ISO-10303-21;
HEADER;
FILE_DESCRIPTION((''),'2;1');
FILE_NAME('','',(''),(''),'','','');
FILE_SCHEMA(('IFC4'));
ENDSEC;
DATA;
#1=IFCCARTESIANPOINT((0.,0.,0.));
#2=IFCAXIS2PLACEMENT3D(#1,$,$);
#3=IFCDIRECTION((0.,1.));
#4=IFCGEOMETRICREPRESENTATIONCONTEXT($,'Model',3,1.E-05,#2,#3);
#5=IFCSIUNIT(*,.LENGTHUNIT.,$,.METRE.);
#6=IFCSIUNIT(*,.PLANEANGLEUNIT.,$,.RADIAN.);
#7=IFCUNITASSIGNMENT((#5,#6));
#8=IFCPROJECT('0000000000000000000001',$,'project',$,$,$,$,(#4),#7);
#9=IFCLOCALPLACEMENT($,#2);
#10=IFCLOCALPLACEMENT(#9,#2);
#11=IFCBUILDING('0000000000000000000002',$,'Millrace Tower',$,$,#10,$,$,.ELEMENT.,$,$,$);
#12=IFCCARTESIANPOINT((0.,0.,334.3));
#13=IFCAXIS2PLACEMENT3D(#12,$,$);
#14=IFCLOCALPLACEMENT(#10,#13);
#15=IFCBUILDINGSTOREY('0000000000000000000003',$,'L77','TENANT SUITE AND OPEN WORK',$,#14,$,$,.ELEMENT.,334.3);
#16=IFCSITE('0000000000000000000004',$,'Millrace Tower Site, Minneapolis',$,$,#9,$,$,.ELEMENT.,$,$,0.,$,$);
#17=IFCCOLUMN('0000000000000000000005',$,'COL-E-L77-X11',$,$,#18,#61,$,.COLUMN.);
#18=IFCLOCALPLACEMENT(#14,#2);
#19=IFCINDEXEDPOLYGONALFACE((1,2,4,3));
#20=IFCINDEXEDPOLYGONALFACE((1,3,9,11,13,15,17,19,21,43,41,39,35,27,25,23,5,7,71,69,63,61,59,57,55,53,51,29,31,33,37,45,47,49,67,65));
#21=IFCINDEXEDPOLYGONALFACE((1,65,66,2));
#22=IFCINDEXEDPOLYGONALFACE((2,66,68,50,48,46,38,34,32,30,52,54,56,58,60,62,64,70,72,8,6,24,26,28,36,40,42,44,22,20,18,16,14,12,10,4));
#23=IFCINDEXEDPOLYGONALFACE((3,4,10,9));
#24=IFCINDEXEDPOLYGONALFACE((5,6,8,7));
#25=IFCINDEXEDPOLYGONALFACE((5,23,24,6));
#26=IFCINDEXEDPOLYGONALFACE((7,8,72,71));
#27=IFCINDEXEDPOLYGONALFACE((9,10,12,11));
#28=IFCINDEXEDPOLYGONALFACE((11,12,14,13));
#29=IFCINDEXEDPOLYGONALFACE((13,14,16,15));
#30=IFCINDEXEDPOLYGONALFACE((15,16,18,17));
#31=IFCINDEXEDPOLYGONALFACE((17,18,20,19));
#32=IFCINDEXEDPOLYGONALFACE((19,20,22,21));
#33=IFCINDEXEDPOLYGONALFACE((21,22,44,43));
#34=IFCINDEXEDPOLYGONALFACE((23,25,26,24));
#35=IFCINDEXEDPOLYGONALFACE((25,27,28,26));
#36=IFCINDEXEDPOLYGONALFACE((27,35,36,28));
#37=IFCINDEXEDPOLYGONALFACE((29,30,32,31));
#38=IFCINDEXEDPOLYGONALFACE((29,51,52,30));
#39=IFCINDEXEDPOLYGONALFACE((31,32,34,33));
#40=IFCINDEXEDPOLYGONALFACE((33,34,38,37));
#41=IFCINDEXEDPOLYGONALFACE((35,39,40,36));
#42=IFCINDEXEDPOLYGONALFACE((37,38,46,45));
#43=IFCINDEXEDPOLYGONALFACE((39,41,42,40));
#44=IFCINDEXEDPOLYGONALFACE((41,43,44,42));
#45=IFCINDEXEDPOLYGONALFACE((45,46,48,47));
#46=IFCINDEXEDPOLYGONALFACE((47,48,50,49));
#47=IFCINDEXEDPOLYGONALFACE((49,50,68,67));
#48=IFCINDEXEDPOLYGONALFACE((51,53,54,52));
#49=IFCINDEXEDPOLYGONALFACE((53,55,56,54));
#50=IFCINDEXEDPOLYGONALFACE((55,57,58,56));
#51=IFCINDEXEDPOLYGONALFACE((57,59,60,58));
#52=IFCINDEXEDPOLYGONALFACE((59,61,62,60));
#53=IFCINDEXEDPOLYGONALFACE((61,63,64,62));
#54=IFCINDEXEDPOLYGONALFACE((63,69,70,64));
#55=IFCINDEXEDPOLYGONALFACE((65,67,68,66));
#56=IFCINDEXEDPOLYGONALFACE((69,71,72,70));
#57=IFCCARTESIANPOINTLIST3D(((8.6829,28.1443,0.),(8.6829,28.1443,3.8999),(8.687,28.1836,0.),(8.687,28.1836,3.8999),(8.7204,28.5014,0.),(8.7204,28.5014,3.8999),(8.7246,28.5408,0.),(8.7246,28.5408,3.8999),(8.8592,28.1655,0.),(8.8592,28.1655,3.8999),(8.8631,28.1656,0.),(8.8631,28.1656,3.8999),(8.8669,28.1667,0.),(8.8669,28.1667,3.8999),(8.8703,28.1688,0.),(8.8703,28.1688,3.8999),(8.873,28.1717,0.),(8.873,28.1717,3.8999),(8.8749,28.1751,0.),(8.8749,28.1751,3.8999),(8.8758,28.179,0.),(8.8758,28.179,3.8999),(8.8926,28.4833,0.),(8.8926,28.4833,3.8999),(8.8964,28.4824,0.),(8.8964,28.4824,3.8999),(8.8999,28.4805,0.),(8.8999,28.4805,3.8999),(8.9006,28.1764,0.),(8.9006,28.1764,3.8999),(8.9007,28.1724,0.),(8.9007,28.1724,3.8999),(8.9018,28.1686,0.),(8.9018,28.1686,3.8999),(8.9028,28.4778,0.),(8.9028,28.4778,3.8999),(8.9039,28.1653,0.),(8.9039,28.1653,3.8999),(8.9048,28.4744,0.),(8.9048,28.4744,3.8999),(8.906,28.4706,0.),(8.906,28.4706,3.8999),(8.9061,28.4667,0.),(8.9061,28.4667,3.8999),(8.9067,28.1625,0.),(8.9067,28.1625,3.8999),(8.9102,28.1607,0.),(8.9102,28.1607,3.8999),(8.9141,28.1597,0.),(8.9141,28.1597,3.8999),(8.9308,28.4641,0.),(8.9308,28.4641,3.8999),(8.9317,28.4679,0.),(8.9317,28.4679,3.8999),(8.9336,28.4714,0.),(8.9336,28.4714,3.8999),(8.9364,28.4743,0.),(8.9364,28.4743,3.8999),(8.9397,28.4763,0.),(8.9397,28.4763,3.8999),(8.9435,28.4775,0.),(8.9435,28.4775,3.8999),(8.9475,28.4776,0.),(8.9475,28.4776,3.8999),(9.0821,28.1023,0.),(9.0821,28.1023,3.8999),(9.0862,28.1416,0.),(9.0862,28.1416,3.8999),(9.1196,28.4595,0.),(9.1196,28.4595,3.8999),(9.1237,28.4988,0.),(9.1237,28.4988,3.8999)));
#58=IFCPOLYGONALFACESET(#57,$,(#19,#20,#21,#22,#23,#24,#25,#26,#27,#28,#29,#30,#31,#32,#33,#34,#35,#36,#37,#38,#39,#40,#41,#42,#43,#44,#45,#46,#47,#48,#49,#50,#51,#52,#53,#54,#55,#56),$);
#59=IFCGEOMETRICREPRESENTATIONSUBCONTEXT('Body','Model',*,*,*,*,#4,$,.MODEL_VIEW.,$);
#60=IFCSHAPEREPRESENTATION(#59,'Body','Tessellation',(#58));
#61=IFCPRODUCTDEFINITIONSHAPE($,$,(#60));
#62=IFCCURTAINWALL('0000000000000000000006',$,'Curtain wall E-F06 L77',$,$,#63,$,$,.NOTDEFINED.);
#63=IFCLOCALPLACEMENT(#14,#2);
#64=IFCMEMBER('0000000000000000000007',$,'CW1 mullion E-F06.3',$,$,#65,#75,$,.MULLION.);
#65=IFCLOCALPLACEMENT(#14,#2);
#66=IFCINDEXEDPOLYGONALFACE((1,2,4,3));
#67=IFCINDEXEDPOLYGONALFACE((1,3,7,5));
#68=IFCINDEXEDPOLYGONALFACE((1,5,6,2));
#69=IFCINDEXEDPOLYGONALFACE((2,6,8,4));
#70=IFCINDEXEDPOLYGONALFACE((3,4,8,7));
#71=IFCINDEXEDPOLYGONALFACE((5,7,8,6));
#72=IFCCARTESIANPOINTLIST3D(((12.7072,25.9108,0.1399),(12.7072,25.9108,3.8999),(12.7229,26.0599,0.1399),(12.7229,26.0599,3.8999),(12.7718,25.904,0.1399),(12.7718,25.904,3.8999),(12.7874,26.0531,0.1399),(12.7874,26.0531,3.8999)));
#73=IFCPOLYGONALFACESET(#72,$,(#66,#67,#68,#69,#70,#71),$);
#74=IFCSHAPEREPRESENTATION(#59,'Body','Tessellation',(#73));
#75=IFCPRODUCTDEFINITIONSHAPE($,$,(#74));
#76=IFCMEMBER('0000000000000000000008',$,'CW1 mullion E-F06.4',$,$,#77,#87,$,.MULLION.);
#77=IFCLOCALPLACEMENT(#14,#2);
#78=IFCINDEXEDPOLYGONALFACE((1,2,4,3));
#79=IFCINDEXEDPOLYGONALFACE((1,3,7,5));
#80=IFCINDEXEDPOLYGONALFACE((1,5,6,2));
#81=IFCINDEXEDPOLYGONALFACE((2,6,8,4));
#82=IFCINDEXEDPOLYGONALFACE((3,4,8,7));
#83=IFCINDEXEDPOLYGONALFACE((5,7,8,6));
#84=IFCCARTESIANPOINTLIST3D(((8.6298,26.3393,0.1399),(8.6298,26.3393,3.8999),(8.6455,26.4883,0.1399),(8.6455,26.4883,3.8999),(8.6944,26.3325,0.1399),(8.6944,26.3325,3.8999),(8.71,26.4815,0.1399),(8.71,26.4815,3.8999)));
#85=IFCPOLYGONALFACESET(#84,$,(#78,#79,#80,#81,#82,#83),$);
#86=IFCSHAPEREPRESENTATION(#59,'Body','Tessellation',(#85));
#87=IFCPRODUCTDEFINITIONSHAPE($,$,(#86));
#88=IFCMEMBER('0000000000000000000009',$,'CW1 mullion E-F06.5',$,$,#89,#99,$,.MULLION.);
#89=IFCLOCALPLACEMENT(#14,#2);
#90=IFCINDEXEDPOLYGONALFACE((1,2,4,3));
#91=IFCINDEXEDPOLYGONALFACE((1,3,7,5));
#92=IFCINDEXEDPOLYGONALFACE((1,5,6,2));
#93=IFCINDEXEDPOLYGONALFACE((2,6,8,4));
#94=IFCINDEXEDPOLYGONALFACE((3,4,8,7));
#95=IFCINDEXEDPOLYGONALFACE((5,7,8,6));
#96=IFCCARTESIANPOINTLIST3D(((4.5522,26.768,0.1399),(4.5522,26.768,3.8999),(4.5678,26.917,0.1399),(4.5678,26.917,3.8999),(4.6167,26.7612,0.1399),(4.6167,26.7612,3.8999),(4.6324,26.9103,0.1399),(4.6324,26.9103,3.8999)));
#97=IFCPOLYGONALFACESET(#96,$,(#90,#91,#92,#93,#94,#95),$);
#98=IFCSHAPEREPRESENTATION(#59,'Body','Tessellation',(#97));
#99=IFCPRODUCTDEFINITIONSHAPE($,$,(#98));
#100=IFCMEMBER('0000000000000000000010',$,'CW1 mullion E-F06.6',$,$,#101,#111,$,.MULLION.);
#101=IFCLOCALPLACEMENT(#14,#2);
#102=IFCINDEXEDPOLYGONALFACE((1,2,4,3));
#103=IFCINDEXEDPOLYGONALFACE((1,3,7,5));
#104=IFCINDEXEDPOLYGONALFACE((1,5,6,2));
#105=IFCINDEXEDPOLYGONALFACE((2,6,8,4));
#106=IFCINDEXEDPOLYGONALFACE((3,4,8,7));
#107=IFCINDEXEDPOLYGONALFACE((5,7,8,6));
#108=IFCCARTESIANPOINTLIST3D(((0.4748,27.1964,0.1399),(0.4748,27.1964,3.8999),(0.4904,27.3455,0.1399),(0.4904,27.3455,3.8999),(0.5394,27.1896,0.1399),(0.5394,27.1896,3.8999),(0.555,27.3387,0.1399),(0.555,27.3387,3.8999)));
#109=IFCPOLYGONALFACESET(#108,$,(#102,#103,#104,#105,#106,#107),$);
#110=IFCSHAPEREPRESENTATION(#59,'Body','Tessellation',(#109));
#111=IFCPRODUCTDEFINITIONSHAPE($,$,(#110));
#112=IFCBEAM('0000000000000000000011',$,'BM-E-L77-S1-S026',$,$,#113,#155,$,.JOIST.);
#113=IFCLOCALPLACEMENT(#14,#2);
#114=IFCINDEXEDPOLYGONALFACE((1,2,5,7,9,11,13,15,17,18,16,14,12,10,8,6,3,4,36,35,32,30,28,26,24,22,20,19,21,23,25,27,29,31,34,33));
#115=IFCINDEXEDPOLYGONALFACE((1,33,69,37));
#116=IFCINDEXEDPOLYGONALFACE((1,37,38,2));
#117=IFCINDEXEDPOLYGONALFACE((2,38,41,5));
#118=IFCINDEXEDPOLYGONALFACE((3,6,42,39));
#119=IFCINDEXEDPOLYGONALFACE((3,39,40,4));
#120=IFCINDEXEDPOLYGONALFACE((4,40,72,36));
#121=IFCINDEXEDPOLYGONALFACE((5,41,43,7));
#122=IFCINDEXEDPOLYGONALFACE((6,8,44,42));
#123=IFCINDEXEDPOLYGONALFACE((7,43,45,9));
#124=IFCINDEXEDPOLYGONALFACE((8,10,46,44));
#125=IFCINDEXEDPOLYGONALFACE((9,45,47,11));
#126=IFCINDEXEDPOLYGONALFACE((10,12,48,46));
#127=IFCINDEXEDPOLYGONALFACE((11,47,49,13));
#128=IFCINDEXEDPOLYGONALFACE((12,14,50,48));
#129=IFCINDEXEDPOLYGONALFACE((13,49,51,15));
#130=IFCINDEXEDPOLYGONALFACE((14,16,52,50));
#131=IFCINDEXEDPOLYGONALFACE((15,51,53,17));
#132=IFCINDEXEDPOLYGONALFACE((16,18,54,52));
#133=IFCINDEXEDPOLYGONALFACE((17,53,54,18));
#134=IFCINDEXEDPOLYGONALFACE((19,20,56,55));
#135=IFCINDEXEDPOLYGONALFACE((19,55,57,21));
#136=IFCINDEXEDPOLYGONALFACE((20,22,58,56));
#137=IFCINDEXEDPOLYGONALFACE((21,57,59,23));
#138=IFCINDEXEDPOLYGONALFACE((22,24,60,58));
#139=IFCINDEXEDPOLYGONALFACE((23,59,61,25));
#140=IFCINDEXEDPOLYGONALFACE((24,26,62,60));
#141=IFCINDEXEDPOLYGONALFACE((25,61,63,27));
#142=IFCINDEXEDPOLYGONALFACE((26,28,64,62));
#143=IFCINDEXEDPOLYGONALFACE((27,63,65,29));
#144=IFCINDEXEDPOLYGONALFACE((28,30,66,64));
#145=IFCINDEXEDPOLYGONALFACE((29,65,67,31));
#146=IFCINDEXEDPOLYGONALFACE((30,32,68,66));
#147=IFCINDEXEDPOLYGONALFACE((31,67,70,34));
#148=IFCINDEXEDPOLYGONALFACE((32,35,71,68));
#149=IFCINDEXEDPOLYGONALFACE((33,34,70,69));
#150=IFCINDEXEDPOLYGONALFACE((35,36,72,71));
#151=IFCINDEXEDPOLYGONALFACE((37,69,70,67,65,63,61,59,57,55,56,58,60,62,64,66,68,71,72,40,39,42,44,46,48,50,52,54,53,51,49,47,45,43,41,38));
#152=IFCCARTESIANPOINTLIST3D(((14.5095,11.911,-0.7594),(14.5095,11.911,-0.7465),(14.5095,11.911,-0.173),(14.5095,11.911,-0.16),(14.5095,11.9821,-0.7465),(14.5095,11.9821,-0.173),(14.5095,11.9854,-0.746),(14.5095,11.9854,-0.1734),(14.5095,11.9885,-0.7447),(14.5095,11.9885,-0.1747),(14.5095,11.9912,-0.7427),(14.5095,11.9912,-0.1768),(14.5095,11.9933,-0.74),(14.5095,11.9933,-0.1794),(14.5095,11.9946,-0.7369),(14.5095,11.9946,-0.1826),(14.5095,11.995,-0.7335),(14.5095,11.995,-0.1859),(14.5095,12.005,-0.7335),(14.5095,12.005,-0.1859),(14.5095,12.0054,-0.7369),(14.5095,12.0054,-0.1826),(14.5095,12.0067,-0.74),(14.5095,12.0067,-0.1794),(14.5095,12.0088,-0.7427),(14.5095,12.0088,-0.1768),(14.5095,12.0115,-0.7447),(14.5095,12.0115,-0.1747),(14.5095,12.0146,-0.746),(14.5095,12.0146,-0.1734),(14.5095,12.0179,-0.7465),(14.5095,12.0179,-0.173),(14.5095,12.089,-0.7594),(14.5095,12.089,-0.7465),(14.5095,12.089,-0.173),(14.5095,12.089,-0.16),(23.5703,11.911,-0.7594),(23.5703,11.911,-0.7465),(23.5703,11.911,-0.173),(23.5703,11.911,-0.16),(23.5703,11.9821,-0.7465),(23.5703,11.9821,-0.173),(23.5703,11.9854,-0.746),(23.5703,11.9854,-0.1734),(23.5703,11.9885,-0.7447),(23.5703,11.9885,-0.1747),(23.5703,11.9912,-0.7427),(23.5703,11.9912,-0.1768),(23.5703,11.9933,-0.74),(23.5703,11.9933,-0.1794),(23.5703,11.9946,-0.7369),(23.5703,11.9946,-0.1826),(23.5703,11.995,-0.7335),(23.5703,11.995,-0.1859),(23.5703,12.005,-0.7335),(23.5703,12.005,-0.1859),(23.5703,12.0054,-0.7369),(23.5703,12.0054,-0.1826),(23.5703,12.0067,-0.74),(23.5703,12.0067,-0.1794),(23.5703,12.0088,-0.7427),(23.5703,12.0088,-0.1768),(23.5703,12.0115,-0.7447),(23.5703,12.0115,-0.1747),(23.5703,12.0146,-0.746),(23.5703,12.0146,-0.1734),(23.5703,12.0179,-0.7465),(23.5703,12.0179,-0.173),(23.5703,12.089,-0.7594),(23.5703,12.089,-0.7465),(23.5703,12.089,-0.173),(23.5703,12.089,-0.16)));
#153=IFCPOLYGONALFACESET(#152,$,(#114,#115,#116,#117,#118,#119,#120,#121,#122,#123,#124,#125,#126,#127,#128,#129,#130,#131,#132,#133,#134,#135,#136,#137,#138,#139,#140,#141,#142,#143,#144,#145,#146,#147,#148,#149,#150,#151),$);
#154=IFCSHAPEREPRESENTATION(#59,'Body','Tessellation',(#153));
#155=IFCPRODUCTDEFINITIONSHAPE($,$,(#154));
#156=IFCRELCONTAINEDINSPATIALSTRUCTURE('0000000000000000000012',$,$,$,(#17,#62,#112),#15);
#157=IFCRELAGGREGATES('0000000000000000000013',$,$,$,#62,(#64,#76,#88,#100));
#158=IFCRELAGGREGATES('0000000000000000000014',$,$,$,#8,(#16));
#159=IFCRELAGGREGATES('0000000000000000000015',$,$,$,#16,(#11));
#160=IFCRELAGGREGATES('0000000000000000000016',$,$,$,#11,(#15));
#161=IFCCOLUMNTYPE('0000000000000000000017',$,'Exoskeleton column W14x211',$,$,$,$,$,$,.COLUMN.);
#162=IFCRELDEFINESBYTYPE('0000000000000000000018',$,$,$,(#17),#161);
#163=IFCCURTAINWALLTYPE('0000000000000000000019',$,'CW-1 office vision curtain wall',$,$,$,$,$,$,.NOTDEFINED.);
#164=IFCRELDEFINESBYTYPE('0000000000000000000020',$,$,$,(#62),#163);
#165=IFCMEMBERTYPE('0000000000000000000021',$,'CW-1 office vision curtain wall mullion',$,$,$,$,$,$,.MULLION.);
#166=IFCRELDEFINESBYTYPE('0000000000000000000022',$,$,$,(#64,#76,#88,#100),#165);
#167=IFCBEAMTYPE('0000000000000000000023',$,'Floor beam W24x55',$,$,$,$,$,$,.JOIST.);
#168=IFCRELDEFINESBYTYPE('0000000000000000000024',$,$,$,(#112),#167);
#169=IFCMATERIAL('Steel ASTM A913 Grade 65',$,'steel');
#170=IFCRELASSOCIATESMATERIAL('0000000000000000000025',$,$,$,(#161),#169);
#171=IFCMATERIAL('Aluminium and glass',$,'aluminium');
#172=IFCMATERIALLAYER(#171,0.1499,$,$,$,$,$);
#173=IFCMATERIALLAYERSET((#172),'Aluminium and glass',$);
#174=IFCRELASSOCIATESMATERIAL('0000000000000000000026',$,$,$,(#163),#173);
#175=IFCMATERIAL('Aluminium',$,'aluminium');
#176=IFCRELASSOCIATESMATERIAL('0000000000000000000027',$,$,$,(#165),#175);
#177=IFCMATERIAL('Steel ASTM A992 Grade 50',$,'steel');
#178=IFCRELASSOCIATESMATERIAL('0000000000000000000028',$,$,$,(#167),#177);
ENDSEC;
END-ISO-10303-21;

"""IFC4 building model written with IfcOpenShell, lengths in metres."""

from ifc_helpers import new_model, si_unit, direction, frame, origin, origin_2d, place, context, subcontext, project, spatial, rectangle, i_section, extrude, material, layer, layer_set, material_profile, profile_set, type_object, element, aggregate, save


model = new_model("IFC4")

# Units and contexts
model_context = context("Model", 3, precision=1e-05, world=origin(), true_north=direction((0.0, 1.0)))
body_context = subcontext(model_context, "Body", "Model", "MODEL_VIEW")
ifc_project = project(units=[si_unit("LENGTHUNIT", "METRE"), si_unit("PLANEANGLEUNIT", "RADIAN")], contexts=[model_context])

# Site, building, storey
site_placement = place(None, origin())
site = spatial("IfcSite", under=ifc_project, at=site_placement, Name="Millrace Tower Site, Minneapolis", CompositionType="ELEMENT", RefElevation=0.0)
building_placement = place(site_placement, origin())
building = spatial("IfcBuilding", under=site, at=building_placement, Name="Millrace Tower", CompositionType="ELEMENT")
storey_placement = place(building_placement, frame((0.0, 0.0, 334.3)))
storey = spatial("IfcBuildingStorey", under=building, at=storey_placement, Name="L77", Description="TENANT SUITE AND OPEN WORK", CompositionType="ELEMENT", Elevation=334.3)

# Column
ifc_material_1 = material(Name="Steel ASTM A913 Grade 65", Category="steel")
ifc_material_profile_1 = material_profile(ifc_material_1, i_section(OverallWidth=0.4014, OverallDepth=0.3987, WebThickness=0.0249, FlangeThickness=0.0396, FilletRadius=0.0151, at=origin_2d()))
ifc_profile_set_1 = profile_set([ifc_material_profile_1], Name="Steel ASTM A913 Grade 65")
column_type = type_object("IfcColumnType", Name="Exoskeleton column W14x211", PredefinedType="COLUMN", material=ifc_profile_set_1)
column_placement = place(storey_placement, frame((8.9033, 28.3215, 0.0), z_axis=(0.0, 0.0, 1.0), x_axis=(-0.994522, 0.104528, 0.0)))
element("IfcColumn", 1, at=column_placement, inside=storey, type_object=column_type, Name="COL-E-L77-X11", PredefinedType="COLUMN", context=body_context, shape_type="SweptSolid", body=[
    extrude(i_section(OverallWidth=0.4014, OverallDepth=0.3987, WebThickness=0.0249, FlangeThickness=0.0396, FilletRadius=0.0151, at=origin_2d()), origin(), (0.0, 0.0, 1.0), 3.8999),
])

# Curtain wall, members
ifc_material_2 = material(Name="Aluminium and glass", Category="aluminium")
ifc_layer_1 = layer(ifc_material_2, 0.1499)
ifc_layer_set_1 = layer_set([ifc_layer_1], Name="Aluminium and glass")
curtain_wall_type = type_object("IfcCurtainWallType", Name="CW-1 office vision curtain wall", PredefinedType="NOTDEFINED", material=ifc_layer_set_1)
curtain_wall_placement = place(storey_placement, origin())
curtain_wall = element("IfcCurtainWall", 2, at=curtain_wall_placement, inside=storey, type_object=curtain_wall_type, Name="Curtain wall E-F06 L77", PredefinedType="NOTDEFINED")
ifc_material_3 = material(Name="Aluminium", Category="aluminium")
ifc_material_profile_2 = material_profile(ifc_material_3, rectangle(XDim=0.0649, YDim=0.1499, at=origin_2d()))
ifc_profile_set_2 = profile_set([ifc_material_profile_2], Name="Aluminium")
member_type = type_object("IfcMemberType", Name="CW-1 office vision curtain wall mullion", PredefinedType="MULLION", material=ifc_profile_set_2)
member_1_placement = place(storey_placement, frame((12.7473, 25.9819, 0.1399), z_axis=(0.0, 0.0, 1.0), x_axis=(-0.994522, 0.104528, 0.0)))
member_1 = element("IfcMember", 3, at=member_1_placement, type_object=member_type, Name="CW1 mullion E-F06.3", PredefinedType="MULLION", context=body_context, shape_type="SweptSolid", body=[
    extrude(rectangle(XDim=0.0649, YDim=0.1499, at=origin_2d()), origin(), (0.0, 0.0, 1.0), 3.76),
])
member_2_placement = place(storey_placement, frame((8.6699, 26.4104, 0.1399), z_axis=(0.0, 0.0, 1.0), x_axis=(-0.994522, 0.104528, 0.0)))
member_2 = element("IfcMember", 4, at=member_2_placement, type_object=member_type, Name="CW1 mullion E-F06.4", PredefinedType="MULLION", context=body_context, shape_type="SweptSolid", body=[
    extrude(rectangle(XDim=0.0649, YDim=0.1499, at=origin_2d()), origin(), (0.0, 0.0, 1.0), 3.76),
])
member_3_placement = place(storey_placement, frame((4.5923, 26.8391, 0.1399), z_axis=(0.0, 0.0, 1.0), x_axis=(-0.994522, 0.104528, 0.0)))
member_3 = element("IfcMember", 5, at=member_3_placement, type_object=member_type, Name="CW1 mullion E-F06.5", PredefinedType="MULLION", context=body_context, shape_type="SweptSolid", body=[
    extrude(rectangle(XDim=0.0649, YDim=0.1499, at=origin_2d()), origin(), (0.0, 0.0, 1.0), 3.76),
])
member_4_placement = place(storey_placement, frame((0.5149, 27.2676, 0.1399), z_axis=(0.0, 0.0, 1.0), x_axis=(-0.994522, 0.104528, 0.0)))
member_4 = element("IfcMember", 6, at=member_4_placement, type_object=member_type, Name="CW1 mullion E-F06.6", PredefinedType="MULLION", context=body_context, shape_type="SweptSolid", body=[
    extrude(rectangle(XDim=0.0649, YDim=0.1499, at=origin_2d()), origin(), (0.0, 0.0, 1.0), 3.76),
])
aggregate(curtain_wall, [member_1, member_2, member_3, member_4])

# Beam
ifc_material_4 = material(Name="Steel ASTM A992 Grade 50", Category="steel")
ifc_material_profile_3 = material_profile(ifc_material_4, i_section(OverallWidth=0.178, OverallDepth=0.5994, WebThickness=0.01, FlangeThickness=0.0129, FilletRadius=0.0129, at=origin_2d()))
ifc_profile_set_3 = profile_set([ifc_material_profile_3], Name="Steel ASTM A992 Grade 50")
beam_type_1 = type_object("IfcBeamType", Name="Floor beam W24x55", PredefinedType="JOIST", material=ifc_profile_set_3)
beam_1_placement = place(storey_placement, frame((14.5095, 12.0, -0.4597), z_axis=(1.0, 0.0, 0.0), x_axis=(0.0, 1.0, 0.0)))
element("IfcBeam", 7, at=beam_1_placement, inside=storey, type_object=beam_type_1, Name="BM-E-L77-S1-S026", PredefinedType="JOIST", context=body_context, shape_type="SweptSolid", body=[
    extrude(i_section(OverallWidth=0.178, OverallDepth=0.5994, WebThickness=0.01, FlangeThickness=0.0129, FilletRadius=0.0129, at=origin_2d()), origin(), (0.0, 0.0, 1.0), 9.0608),
])

save(model, "model.ifc")
